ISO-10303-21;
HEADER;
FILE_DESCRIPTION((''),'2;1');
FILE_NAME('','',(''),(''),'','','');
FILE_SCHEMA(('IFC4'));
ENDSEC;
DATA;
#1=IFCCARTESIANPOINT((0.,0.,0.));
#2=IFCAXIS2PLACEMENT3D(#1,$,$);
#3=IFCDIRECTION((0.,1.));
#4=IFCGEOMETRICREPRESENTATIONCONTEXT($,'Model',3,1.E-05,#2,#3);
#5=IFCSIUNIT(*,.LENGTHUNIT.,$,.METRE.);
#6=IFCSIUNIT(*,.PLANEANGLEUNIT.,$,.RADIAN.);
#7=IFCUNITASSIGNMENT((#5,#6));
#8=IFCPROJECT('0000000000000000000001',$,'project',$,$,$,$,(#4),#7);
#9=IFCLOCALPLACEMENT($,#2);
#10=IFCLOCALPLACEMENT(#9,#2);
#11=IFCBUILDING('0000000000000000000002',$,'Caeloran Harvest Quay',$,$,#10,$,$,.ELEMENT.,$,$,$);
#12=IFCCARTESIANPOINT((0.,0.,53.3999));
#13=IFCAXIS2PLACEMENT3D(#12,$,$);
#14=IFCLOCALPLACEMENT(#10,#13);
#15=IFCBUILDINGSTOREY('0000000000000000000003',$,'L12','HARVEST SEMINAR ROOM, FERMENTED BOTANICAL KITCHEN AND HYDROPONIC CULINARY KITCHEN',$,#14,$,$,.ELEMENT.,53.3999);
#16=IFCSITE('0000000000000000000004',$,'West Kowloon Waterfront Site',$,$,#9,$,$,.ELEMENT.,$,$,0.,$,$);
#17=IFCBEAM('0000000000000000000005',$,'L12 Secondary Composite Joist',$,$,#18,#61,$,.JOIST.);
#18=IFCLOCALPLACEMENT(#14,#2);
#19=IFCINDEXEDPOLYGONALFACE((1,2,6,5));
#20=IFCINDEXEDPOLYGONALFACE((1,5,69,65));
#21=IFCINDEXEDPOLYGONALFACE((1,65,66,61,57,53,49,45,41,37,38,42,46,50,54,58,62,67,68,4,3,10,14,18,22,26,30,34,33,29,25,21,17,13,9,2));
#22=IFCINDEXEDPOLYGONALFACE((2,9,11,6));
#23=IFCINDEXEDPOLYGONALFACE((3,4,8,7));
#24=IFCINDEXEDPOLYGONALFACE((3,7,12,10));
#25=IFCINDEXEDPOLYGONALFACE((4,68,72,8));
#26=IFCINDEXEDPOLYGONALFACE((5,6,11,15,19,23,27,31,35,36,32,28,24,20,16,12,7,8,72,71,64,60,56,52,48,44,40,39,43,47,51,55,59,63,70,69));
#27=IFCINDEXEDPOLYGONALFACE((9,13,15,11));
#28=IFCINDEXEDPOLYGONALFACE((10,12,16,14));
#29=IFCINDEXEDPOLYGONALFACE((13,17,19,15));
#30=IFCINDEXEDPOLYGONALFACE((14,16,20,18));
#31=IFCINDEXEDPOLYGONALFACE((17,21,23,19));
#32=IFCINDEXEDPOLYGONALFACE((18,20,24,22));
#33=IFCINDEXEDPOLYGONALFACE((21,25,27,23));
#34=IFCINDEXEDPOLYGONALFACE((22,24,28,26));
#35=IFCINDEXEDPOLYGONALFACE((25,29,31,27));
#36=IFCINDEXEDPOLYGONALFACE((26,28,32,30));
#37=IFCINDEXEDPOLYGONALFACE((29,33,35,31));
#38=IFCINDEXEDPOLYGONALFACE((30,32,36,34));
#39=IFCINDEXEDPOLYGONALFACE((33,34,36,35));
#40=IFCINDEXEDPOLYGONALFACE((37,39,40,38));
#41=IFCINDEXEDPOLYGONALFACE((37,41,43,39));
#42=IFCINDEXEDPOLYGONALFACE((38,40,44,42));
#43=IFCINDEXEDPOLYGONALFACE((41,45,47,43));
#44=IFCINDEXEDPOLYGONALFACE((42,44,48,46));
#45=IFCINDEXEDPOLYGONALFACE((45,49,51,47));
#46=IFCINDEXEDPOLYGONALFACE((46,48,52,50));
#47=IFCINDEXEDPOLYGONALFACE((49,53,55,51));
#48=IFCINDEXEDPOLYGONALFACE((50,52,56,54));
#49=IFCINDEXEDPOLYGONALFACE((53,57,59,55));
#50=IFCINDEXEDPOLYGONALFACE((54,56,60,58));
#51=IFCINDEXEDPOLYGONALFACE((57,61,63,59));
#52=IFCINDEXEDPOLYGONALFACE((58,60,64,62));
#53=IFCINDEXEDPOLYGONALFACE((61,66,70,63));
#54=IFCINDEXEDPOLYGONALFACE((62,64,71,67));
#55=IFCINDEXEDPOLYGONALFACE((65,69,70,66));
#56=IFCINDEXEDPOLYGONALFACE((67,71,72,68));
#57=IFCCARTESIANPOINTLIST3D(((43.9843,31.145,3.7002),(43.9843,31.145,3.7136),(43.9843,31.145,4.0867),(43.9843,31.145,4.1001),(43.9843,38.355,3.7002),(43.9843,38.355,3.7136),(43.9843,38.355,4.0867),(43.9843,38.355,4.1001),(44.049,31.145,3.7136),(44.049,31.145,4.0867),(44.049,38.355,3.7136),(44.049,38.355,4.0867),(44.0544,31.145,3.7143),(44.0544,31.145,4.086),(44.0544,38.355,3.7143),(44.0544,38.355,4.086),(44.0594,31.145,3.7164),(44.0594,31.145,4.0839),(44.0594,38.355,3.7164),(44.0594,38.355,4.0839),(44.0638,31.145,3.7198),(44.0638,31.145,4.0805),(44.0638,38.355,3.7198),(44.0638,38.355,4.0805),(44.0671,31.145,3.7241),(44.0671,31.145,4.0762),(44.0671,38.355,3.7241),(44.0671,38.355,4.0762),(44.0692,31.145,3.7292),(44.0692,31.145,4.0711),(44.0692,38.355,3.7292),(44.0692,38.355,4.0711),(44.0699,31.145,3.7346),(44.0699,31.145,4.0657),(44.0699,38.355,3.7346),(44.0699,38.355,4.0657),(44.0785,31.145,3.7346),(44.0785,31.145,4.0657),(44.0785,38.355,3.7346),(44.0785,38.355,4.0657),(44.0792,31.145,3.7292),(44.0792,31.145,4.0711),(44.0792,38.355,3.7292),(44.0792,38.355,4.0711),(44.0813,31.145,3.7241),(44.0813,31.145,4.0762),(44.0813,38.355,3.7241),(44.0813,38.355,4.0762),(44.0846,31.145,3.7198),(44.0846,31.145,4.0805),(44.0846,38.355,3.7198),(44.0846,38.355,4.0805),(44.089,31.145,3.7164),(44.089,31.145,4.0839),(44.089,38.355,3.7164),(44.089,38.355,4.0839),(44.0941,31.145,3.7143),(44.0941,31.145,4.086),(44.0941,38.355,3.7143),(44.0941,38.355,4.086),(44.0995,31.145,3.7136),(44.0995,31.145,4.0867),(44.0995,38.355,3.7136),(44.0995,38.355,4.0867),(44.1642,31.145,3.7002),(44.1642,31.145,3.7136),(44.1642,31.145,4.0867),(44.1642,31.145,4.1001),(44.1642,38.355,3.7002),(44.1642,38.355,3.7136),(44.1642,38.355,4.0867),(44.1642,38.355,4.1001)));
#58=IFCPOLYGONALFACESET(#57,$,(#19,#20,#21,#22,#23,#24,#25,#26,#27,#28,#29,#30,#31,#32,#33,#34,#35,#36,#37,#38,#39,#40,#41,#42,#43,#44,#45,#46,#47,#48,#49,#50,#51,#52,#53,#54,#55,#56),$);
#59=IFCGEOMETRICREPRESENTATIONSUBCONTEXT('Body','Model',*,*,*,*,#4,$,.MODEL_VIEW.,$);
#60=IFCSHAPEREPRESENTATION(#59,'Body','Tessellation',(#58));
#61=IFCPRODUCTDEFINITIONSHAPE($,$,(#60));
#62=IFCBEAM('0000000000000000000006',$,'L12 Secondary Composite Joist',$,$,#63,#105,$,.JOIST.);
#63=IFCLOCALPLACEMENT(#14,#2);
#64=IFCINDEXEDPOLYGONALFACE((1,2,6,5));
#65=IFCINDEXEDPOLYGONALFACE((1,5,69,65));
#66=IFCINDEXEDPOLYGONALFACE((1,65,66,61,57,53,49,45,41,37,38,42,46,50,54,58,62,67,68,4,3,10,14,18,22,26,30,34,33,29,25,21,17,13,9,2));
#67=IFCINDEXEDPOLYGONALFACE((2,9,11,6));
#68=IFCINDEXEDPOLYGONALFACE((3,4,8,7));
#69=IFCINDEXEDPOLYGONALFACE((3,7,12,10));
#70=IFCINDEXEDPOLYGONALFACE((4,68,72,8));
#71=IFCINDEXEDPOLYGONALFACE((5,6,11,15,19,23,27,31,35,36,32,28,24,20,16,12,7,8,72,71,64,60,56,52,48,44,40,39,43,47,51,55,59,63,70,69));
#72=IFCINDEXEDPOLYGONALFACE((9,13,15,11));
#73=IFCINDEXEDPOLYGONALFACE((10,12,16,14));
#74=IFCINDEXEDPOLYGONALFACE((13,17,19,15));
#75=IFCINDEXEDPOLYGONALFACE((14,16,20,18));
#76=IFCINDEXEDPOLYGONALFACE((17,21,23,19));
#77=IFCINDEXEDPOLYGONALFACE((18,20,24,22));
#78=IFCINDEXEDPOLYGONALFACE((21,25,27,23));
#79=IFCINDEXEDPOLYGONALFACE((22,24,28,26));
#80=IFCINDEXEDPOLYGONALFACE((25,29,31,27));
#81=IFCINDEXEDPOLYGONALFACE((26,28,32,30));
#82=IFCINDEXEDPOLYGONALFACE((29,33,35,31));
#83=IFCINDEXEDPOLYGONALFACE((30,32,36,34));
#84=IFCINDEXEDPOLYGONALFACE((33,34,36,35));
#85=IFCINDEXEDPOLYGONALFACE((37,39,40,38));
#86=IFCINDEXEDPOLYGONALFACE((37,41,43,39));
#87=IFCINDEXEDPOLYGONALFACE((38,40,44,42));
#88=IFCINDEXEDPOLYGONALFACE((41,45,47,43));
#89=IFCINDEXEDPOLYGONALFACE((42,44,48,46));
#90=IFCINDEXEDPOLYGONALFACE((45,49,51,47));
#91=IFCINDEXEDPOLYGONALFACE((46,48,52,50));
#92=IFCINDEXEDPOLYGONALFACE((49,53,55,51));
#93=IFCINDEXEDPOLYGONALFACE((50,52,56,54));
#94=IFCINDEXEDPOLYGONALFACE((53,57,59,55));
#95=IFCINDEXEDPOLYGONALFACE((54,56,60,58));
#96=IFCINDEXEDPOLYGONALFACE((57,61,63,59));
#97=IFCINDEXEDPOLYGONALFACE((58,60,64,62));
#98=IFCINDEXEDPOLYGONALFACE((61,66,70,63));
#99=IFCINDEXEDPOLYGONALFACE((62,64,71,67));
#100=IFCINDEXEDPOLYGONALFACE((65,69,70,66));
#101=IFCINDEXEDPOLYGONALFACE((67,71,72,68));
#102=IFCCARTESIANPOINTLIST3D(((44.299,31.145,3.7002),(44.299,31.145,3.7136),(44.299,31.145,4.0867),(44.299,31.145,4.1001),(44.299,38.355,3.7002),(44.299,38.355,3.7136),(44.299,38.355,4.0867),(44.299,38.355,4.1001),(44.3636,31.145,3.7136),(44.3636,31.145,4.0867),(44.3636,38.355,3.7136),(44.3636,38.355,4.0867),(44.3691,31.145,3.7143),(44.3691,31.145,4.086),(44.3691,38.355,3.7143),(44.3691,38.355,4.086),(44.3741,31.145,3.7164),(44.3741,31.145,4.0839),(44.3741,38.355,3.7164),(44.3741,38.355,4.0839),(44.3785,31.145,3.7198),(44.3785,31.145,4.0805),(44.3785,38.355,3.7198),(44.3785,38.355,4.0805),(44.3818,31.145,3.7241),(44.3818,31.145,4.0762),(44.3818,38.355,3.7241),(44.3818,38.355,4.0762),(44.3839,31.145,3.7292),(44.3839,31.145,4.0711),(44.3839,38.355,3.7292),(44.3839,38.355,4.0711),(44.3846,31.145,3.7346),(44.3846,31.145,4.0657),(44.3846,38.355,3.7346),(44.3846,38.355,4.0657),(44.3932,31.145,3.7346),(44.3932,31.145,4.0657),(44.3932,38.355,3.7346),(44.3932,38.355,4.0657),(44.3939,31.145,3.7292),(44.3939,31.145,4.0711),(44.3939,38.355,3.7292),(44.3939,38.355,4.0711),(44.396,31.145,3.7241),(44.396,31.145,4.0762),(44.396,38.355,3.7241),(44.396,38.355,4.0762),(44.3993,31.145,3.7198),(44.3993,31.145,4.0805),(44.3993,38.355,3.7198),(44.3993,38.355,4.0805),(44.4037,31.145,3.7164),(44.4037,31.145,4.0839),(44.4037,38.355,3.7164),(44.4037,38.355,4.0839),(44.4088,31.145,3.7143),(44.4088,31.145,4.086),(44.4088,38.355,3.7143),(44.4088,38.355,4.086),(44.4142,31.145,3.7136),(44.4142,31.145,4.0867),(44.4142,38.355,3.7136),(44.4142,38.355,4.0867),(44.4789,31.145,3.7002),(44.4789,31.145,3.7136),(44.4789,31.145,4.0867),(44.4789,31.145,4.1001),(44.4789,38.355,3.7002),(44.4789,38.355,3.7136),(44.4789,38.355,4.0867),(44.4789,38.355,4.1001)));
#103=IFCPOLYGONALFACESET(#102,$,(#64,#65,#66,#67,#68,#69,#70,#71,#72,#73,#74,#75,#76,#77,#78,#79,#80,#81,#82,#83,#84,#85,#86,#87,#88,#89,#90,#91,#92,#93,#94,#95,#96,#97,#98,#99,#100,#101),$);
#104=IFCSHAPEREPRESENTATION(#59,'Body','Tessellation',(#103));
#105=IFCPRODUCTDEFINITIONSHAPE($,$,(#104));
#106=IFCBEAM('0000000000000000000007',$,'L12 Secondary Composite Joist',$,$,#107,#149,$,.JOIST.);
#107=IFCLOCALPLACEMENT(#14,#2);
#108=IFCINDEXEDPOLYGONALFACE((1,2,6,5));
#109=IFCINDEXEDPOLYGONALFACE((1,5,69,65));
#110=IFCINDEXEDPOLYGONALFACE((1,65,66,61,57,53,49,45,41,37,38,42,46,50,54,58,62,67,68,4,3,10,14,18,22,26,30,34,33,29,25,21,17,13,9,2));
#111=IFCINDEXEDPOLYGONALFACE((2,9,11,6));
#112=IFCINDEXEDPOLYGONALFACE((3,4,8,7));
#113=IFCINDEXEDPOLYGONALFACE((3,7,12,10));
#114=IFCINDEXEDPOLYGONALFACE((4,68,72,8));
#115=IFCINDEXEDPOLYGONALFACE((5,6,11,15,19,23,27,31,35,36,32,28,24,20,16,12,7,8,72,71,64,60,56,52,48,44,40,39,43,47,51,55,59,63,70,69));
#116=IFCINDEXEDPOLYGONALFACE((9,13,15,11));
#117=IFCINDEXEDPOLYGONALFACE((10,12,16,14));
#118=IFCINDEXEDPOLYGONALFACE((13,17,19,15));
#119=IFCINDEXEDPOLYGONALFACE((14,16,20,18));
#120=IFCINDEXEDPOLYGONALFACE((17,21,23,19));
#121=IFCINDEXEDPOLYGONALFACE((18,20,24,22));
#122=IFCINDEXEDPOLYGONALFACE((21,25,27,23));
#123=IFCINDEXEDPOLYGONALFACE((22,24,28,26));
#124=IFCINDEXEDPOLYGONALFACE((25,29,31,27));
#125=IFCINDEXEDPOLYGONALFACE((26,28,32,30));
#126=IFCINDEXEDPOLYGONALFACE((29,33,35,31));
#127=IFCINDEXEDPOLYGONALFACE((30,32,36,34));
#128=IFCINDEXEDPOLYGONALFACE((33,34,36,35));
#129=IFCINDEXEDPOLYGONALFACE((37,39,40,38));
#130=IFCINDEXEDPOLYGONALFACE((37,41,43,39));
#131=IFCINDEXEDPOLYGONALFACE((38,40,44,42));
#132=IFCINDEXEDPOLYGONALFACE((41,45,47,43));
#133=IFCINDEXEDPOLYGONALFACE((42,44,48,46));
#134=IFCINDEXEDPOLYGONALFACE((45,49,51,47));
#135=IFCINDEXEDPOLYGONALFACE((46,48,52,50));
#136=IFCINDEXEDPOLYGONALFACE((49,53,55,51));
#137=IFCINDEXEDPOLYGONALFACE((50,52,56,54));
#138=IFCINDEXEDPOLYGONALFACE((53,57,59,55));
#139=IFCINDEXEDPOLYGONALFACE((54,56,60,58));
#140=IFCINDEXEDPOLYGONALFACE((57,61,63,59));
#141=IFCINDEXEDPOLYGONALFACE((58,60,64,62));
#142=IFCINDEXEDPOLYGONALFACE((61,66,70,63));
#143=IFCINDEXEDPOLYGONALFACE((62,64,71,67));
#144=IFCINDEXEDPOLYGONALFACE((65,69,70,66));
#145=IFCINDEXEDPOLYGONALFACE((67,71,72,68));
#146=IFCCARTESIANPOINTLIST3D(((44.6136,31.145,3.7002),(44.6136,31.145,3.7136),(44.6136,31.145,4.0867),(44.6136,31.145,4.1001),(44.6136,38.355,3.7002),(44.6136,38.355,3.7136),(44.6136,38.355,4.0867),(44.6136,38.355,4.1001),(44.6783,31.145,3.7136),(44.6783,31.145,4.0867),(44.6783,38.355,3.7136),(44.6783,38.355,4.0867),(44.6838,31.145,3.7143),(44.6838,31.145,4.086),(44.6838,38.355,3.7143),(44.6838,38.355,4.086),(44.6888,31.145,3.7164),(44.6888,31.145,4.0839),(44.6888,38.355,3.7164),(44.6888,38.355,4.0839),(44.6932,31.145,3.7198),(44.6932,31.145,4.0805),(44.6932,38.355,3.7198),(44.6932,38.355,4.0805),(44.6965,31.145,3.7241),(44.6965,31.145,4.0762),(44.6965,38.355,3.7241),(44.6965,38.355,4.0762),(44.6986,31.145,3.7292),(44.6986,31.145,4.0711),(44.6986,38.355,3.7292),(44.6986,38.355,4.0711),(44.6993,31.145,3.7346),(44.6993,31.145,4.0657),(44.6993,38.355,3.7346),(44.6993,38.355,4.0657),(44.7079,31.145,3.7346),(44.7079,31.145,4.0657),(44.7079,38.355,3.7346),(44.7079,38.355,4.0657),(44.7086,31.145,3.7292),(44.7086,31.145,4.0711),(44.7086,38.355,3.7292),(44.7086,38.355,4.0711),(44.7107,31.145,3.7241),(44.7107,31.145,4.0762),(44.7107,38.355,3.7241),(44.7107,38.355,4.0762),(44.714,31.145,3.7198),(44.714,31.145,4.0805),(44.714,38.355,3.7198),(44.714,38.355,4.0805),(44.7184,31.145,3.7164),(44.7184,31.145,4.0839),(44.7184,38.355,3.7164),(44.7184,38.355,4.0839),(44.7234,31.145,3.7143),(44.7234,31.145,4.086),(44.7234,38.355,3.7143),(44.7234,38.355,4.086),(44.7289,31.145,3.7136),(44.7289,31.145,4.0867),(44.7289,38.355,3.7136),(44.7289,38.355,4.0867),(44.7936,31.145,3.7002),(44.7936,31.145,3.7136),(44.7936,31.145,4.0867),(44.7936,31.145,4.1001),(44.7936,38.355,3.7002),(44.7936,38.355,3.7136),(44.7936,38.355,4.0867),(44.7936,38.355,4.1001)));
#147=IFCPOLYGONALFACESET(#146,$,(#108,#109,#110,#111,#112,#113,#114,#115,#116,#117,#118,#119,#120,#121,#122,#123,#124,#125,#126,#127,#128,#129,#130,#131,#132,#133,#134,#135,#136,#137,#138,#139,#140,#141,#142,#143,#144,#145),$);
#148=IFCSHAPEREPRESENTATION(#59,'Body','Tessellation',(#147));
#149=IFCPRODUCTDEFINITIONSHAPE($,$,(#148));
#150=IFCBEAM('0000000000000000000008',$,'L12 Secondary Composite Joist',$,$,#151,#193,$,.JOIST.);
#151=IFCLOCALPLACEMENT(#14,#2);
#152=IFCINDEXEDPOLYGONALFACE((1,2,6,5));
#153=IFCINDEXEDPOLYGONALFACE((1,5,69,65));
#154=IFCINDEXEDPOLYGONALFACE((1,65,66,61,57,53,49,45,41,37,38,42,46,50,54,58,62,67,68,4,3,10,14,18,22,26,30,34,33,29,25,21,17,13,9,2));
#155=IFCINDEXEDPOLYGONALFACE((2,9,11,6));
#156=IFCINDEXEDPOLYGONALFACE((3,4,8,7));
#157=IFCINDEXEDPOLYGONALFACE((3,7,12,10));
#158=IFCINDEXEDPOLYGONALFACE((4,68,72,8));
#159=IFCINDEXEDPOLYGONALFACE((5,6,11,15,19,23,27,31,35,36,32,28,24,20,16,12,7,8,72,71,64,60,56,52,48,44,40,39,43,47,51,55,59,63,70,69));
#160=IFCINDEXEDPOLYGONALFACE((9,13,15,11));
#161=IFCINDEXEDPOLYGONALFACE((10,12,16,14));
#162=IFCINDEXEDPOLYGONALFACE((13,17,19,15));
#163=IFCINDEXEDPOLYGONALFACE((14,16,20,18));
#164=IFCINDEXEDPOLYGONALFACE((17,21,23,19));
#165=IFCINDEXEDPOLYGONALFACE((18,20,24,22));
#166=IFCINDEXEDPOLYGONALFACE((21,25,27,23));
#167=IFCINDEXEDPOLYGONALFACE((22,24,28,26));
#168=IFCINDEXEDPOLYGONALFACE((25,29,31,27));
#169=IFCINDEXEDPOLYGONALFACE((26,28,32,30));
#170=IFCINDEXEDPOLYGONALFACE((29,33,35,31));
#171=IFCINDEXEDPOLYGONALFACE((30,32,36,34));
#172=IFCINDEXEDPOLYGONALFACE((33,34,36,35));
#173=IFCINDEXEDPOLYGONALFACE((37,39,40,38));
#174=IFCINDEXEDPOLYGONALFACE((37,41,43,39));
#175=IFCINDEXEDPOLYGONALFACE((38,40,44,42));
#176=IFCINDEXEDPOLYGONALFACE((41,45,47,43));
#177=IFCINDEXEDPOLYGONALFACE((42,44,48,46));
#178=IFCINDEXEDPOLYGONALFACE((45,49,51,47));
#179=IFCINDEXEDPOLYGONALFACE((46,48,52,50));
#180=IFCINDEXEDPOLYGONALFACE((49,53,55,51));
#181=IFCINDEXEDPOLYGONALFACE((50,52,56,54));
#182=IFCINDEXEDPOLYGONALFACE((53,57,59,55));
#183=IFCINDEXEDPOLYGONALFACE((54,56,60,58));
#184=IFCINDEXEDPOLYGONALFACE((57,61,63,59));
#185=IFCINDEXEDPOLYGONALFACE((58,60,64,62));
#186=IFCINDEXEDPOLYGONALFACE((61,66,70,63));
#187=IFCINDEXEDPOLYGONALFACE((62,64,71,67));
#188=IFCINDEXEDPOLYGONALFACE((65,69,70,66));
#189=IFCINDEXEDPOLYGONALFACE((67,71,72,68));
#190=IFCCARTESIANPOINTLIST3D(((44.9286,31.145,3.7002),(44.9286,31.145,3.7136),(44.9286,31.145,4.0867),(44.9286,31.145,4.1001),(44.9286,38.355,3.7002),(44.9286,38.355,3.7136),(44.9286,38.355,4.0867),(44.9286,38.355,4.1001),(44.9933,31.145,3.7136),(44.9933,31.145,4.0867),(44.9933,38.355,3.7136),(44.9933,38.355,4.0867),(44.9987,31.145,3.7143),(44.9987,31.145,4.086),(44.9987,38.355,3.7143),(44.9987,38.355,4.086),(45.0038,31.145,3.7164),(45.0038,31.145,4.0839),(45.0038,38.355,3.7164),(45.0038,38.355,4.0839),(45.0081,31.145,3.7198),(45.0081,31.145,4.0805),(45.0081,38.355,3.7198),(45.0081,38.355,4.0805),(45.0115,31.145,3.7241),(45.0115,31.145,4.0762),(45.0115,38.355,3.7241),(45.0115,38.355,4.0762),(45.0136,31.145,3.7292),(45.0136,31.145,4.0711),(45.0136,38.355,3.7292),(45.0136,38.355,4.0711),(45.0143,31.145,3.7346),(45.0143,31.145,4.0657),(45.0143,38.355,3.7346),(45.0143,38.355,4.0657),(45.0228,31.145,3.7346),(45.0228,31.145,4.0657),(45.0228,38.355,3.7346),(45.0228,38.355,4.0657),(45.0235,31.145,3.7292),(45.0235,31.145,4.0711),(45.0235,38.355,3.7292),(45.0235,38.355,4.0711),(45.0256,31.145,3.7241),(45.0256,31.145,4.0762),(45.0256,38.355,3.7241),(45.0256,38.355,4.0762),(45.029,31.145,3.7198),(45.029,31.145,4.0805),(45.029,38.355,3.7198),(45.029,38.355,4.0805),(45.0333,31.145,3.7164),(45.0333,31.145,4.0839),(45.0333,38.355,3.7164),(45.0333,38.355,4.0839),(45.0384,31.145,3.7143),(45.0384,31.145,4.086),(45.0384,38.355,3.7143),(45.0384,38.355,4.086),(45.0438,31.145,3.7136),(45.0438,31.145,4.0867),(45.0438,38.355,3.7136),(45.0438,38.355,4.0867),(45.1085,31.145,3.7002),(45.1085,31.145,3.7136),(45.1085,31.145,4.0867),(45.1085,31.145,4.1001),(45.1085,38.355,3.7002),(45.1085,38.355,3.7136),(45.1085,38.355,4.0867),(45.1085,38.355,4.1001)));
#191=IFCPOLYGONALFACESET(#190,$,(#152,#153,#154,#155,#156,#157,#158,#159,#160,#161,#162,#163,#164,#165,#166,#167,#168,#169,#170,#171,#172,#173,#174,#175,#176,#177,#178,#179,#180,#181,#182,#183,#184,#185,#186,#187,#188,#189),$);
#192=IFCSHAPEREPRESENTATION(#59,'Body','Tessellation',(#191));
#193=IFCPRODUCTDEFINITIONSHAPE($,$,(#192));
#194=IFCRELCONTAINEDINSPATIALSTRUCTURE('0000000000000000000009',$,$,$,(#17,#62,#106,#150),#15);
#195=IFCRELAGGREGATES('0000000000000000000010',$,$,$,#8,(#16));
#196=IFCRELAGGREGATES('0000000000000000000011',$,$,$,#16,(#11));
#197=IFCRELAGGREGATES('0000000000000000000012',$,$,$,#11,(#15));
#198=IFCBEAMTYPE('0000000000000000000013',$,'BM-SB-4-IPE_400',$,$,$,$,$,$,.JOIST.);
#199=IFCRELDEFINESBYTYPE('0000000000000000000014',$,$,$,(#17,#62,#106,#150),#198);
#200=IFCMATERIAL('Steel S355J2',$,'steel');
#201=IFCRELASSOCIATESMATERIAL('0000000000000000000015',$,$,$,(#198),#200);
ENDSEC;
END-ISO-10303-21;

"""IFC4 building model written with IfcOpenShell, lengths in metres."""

from ifc_helpers import new_model, si_unit, direction, frame, origin, origin_2d, place, context, subcontext, project, spatial, i_section, extrude, material, material_profile, profile_set, type_object, element, save


model = new_model("IFC4")

# Units and contexts
model_context = context("Model", 3, precision=1e-05, world=origin(), true_north=direction((0.0, 1.0)))
body_context = subcontext(model_context, "Body", "Model", "MODEL_VIEW")
ifc_project = project(units=[si_unit("LENGTHUNIT", "METRE"), si_unit("PLANEANGLEUNIT", "RADIAN")], contexts=[model_context])

# Site, building, storey
site_placement = place(None, origin())
site = spatial("IfcSite", under=ifc_project, at=site_placement, Name="West Kowloon Waterfront Site", CompositionType="ELEMENT", RefElevation=0.0)
building_placement = place(site_placement, origin())
building = spatial("IfcBuilding", under=site, at=building_placement, Name="Caeloran Harvest Quay", CompositionType="ELEMENT")
storey_placement = place(building_placement, frame((0.0, 0.0, 53.3999)))
storey = spatial("IfcBuildingStorey", under=building, at=storey_placement, Name="L12", Description="HARVEST SEMINAR ROOM, FERMENTED BOTANICAL KITCHEN AND HYDROPONIC CULINARY KITCHEN", CompositionType="ELEMENT", Elevation=53.3999)

# Beams
ifc_material_1 = material(Name="Steel S355J2", Category="steel")
ifc_material_profile_1 = material_profile(ifc_material_1, i_section(OverallWidth=0.1799, OverallDepth=0.3999, WebThickness=0.0085, FlangeThickness=0.0134, FilletRadius=0.021, at=origin_2d()), Name="IPE 400")
ifc_profile_set_1 = profile_set([ifc_material_profile_1], Name="Steel S355J2")
beam_type_1 = type_object("IfcBeamType", Name="BM-SB-4-IPE_400", PredefinedType="JOIST", material=ifc_profile_set_1)
for number, where, z_axis, x_axis, name in (
    (1, (44.0742, 31.145, 3.9001), (0.0, 1.0, 0.0), (-1.0, 0.0, 0.0), "L12 Secondary Composite Joist"),
    (2, (44.3889, 31.145, 3.9001), (0.0, 1.0, 0.0), (-1.0, 0.0, 0.0), "L12 Secondary Composite Joist"),
    (3, (44.7036, 31.145, 3.9001), (0.0, 1.0, 0.0), (-1.0, 0.0, 0.0), "L12 Secondary Composite Joist"),
    (4, (45.0186, 31.145, 3.9001), (0.0, 1.0, 0.0), (-1.0, 0.0, 0.0), "L12 Secondary Composite Joist"),
):
    element("IfcBeam", number, at=place(storey_placement, frame(where, z_axis=z_axis, x_axis=x_axis)), inside=storey, type_object=beam_type_1, Name=name, PredefinedType="JOIST", context=body_context, shape_type="SweptSolid", body=[
        extrude(i_section(OverallWidth=0.1799, OverallDepth=0.3999, WebThickness=0.0085, FlangeThickness=0.0134, FilletRadius=0.021, at=origin_2d()), origin(), (0.0, 0.0, 1.0), 7.21),
    ])

save(model, "model.ifc")
